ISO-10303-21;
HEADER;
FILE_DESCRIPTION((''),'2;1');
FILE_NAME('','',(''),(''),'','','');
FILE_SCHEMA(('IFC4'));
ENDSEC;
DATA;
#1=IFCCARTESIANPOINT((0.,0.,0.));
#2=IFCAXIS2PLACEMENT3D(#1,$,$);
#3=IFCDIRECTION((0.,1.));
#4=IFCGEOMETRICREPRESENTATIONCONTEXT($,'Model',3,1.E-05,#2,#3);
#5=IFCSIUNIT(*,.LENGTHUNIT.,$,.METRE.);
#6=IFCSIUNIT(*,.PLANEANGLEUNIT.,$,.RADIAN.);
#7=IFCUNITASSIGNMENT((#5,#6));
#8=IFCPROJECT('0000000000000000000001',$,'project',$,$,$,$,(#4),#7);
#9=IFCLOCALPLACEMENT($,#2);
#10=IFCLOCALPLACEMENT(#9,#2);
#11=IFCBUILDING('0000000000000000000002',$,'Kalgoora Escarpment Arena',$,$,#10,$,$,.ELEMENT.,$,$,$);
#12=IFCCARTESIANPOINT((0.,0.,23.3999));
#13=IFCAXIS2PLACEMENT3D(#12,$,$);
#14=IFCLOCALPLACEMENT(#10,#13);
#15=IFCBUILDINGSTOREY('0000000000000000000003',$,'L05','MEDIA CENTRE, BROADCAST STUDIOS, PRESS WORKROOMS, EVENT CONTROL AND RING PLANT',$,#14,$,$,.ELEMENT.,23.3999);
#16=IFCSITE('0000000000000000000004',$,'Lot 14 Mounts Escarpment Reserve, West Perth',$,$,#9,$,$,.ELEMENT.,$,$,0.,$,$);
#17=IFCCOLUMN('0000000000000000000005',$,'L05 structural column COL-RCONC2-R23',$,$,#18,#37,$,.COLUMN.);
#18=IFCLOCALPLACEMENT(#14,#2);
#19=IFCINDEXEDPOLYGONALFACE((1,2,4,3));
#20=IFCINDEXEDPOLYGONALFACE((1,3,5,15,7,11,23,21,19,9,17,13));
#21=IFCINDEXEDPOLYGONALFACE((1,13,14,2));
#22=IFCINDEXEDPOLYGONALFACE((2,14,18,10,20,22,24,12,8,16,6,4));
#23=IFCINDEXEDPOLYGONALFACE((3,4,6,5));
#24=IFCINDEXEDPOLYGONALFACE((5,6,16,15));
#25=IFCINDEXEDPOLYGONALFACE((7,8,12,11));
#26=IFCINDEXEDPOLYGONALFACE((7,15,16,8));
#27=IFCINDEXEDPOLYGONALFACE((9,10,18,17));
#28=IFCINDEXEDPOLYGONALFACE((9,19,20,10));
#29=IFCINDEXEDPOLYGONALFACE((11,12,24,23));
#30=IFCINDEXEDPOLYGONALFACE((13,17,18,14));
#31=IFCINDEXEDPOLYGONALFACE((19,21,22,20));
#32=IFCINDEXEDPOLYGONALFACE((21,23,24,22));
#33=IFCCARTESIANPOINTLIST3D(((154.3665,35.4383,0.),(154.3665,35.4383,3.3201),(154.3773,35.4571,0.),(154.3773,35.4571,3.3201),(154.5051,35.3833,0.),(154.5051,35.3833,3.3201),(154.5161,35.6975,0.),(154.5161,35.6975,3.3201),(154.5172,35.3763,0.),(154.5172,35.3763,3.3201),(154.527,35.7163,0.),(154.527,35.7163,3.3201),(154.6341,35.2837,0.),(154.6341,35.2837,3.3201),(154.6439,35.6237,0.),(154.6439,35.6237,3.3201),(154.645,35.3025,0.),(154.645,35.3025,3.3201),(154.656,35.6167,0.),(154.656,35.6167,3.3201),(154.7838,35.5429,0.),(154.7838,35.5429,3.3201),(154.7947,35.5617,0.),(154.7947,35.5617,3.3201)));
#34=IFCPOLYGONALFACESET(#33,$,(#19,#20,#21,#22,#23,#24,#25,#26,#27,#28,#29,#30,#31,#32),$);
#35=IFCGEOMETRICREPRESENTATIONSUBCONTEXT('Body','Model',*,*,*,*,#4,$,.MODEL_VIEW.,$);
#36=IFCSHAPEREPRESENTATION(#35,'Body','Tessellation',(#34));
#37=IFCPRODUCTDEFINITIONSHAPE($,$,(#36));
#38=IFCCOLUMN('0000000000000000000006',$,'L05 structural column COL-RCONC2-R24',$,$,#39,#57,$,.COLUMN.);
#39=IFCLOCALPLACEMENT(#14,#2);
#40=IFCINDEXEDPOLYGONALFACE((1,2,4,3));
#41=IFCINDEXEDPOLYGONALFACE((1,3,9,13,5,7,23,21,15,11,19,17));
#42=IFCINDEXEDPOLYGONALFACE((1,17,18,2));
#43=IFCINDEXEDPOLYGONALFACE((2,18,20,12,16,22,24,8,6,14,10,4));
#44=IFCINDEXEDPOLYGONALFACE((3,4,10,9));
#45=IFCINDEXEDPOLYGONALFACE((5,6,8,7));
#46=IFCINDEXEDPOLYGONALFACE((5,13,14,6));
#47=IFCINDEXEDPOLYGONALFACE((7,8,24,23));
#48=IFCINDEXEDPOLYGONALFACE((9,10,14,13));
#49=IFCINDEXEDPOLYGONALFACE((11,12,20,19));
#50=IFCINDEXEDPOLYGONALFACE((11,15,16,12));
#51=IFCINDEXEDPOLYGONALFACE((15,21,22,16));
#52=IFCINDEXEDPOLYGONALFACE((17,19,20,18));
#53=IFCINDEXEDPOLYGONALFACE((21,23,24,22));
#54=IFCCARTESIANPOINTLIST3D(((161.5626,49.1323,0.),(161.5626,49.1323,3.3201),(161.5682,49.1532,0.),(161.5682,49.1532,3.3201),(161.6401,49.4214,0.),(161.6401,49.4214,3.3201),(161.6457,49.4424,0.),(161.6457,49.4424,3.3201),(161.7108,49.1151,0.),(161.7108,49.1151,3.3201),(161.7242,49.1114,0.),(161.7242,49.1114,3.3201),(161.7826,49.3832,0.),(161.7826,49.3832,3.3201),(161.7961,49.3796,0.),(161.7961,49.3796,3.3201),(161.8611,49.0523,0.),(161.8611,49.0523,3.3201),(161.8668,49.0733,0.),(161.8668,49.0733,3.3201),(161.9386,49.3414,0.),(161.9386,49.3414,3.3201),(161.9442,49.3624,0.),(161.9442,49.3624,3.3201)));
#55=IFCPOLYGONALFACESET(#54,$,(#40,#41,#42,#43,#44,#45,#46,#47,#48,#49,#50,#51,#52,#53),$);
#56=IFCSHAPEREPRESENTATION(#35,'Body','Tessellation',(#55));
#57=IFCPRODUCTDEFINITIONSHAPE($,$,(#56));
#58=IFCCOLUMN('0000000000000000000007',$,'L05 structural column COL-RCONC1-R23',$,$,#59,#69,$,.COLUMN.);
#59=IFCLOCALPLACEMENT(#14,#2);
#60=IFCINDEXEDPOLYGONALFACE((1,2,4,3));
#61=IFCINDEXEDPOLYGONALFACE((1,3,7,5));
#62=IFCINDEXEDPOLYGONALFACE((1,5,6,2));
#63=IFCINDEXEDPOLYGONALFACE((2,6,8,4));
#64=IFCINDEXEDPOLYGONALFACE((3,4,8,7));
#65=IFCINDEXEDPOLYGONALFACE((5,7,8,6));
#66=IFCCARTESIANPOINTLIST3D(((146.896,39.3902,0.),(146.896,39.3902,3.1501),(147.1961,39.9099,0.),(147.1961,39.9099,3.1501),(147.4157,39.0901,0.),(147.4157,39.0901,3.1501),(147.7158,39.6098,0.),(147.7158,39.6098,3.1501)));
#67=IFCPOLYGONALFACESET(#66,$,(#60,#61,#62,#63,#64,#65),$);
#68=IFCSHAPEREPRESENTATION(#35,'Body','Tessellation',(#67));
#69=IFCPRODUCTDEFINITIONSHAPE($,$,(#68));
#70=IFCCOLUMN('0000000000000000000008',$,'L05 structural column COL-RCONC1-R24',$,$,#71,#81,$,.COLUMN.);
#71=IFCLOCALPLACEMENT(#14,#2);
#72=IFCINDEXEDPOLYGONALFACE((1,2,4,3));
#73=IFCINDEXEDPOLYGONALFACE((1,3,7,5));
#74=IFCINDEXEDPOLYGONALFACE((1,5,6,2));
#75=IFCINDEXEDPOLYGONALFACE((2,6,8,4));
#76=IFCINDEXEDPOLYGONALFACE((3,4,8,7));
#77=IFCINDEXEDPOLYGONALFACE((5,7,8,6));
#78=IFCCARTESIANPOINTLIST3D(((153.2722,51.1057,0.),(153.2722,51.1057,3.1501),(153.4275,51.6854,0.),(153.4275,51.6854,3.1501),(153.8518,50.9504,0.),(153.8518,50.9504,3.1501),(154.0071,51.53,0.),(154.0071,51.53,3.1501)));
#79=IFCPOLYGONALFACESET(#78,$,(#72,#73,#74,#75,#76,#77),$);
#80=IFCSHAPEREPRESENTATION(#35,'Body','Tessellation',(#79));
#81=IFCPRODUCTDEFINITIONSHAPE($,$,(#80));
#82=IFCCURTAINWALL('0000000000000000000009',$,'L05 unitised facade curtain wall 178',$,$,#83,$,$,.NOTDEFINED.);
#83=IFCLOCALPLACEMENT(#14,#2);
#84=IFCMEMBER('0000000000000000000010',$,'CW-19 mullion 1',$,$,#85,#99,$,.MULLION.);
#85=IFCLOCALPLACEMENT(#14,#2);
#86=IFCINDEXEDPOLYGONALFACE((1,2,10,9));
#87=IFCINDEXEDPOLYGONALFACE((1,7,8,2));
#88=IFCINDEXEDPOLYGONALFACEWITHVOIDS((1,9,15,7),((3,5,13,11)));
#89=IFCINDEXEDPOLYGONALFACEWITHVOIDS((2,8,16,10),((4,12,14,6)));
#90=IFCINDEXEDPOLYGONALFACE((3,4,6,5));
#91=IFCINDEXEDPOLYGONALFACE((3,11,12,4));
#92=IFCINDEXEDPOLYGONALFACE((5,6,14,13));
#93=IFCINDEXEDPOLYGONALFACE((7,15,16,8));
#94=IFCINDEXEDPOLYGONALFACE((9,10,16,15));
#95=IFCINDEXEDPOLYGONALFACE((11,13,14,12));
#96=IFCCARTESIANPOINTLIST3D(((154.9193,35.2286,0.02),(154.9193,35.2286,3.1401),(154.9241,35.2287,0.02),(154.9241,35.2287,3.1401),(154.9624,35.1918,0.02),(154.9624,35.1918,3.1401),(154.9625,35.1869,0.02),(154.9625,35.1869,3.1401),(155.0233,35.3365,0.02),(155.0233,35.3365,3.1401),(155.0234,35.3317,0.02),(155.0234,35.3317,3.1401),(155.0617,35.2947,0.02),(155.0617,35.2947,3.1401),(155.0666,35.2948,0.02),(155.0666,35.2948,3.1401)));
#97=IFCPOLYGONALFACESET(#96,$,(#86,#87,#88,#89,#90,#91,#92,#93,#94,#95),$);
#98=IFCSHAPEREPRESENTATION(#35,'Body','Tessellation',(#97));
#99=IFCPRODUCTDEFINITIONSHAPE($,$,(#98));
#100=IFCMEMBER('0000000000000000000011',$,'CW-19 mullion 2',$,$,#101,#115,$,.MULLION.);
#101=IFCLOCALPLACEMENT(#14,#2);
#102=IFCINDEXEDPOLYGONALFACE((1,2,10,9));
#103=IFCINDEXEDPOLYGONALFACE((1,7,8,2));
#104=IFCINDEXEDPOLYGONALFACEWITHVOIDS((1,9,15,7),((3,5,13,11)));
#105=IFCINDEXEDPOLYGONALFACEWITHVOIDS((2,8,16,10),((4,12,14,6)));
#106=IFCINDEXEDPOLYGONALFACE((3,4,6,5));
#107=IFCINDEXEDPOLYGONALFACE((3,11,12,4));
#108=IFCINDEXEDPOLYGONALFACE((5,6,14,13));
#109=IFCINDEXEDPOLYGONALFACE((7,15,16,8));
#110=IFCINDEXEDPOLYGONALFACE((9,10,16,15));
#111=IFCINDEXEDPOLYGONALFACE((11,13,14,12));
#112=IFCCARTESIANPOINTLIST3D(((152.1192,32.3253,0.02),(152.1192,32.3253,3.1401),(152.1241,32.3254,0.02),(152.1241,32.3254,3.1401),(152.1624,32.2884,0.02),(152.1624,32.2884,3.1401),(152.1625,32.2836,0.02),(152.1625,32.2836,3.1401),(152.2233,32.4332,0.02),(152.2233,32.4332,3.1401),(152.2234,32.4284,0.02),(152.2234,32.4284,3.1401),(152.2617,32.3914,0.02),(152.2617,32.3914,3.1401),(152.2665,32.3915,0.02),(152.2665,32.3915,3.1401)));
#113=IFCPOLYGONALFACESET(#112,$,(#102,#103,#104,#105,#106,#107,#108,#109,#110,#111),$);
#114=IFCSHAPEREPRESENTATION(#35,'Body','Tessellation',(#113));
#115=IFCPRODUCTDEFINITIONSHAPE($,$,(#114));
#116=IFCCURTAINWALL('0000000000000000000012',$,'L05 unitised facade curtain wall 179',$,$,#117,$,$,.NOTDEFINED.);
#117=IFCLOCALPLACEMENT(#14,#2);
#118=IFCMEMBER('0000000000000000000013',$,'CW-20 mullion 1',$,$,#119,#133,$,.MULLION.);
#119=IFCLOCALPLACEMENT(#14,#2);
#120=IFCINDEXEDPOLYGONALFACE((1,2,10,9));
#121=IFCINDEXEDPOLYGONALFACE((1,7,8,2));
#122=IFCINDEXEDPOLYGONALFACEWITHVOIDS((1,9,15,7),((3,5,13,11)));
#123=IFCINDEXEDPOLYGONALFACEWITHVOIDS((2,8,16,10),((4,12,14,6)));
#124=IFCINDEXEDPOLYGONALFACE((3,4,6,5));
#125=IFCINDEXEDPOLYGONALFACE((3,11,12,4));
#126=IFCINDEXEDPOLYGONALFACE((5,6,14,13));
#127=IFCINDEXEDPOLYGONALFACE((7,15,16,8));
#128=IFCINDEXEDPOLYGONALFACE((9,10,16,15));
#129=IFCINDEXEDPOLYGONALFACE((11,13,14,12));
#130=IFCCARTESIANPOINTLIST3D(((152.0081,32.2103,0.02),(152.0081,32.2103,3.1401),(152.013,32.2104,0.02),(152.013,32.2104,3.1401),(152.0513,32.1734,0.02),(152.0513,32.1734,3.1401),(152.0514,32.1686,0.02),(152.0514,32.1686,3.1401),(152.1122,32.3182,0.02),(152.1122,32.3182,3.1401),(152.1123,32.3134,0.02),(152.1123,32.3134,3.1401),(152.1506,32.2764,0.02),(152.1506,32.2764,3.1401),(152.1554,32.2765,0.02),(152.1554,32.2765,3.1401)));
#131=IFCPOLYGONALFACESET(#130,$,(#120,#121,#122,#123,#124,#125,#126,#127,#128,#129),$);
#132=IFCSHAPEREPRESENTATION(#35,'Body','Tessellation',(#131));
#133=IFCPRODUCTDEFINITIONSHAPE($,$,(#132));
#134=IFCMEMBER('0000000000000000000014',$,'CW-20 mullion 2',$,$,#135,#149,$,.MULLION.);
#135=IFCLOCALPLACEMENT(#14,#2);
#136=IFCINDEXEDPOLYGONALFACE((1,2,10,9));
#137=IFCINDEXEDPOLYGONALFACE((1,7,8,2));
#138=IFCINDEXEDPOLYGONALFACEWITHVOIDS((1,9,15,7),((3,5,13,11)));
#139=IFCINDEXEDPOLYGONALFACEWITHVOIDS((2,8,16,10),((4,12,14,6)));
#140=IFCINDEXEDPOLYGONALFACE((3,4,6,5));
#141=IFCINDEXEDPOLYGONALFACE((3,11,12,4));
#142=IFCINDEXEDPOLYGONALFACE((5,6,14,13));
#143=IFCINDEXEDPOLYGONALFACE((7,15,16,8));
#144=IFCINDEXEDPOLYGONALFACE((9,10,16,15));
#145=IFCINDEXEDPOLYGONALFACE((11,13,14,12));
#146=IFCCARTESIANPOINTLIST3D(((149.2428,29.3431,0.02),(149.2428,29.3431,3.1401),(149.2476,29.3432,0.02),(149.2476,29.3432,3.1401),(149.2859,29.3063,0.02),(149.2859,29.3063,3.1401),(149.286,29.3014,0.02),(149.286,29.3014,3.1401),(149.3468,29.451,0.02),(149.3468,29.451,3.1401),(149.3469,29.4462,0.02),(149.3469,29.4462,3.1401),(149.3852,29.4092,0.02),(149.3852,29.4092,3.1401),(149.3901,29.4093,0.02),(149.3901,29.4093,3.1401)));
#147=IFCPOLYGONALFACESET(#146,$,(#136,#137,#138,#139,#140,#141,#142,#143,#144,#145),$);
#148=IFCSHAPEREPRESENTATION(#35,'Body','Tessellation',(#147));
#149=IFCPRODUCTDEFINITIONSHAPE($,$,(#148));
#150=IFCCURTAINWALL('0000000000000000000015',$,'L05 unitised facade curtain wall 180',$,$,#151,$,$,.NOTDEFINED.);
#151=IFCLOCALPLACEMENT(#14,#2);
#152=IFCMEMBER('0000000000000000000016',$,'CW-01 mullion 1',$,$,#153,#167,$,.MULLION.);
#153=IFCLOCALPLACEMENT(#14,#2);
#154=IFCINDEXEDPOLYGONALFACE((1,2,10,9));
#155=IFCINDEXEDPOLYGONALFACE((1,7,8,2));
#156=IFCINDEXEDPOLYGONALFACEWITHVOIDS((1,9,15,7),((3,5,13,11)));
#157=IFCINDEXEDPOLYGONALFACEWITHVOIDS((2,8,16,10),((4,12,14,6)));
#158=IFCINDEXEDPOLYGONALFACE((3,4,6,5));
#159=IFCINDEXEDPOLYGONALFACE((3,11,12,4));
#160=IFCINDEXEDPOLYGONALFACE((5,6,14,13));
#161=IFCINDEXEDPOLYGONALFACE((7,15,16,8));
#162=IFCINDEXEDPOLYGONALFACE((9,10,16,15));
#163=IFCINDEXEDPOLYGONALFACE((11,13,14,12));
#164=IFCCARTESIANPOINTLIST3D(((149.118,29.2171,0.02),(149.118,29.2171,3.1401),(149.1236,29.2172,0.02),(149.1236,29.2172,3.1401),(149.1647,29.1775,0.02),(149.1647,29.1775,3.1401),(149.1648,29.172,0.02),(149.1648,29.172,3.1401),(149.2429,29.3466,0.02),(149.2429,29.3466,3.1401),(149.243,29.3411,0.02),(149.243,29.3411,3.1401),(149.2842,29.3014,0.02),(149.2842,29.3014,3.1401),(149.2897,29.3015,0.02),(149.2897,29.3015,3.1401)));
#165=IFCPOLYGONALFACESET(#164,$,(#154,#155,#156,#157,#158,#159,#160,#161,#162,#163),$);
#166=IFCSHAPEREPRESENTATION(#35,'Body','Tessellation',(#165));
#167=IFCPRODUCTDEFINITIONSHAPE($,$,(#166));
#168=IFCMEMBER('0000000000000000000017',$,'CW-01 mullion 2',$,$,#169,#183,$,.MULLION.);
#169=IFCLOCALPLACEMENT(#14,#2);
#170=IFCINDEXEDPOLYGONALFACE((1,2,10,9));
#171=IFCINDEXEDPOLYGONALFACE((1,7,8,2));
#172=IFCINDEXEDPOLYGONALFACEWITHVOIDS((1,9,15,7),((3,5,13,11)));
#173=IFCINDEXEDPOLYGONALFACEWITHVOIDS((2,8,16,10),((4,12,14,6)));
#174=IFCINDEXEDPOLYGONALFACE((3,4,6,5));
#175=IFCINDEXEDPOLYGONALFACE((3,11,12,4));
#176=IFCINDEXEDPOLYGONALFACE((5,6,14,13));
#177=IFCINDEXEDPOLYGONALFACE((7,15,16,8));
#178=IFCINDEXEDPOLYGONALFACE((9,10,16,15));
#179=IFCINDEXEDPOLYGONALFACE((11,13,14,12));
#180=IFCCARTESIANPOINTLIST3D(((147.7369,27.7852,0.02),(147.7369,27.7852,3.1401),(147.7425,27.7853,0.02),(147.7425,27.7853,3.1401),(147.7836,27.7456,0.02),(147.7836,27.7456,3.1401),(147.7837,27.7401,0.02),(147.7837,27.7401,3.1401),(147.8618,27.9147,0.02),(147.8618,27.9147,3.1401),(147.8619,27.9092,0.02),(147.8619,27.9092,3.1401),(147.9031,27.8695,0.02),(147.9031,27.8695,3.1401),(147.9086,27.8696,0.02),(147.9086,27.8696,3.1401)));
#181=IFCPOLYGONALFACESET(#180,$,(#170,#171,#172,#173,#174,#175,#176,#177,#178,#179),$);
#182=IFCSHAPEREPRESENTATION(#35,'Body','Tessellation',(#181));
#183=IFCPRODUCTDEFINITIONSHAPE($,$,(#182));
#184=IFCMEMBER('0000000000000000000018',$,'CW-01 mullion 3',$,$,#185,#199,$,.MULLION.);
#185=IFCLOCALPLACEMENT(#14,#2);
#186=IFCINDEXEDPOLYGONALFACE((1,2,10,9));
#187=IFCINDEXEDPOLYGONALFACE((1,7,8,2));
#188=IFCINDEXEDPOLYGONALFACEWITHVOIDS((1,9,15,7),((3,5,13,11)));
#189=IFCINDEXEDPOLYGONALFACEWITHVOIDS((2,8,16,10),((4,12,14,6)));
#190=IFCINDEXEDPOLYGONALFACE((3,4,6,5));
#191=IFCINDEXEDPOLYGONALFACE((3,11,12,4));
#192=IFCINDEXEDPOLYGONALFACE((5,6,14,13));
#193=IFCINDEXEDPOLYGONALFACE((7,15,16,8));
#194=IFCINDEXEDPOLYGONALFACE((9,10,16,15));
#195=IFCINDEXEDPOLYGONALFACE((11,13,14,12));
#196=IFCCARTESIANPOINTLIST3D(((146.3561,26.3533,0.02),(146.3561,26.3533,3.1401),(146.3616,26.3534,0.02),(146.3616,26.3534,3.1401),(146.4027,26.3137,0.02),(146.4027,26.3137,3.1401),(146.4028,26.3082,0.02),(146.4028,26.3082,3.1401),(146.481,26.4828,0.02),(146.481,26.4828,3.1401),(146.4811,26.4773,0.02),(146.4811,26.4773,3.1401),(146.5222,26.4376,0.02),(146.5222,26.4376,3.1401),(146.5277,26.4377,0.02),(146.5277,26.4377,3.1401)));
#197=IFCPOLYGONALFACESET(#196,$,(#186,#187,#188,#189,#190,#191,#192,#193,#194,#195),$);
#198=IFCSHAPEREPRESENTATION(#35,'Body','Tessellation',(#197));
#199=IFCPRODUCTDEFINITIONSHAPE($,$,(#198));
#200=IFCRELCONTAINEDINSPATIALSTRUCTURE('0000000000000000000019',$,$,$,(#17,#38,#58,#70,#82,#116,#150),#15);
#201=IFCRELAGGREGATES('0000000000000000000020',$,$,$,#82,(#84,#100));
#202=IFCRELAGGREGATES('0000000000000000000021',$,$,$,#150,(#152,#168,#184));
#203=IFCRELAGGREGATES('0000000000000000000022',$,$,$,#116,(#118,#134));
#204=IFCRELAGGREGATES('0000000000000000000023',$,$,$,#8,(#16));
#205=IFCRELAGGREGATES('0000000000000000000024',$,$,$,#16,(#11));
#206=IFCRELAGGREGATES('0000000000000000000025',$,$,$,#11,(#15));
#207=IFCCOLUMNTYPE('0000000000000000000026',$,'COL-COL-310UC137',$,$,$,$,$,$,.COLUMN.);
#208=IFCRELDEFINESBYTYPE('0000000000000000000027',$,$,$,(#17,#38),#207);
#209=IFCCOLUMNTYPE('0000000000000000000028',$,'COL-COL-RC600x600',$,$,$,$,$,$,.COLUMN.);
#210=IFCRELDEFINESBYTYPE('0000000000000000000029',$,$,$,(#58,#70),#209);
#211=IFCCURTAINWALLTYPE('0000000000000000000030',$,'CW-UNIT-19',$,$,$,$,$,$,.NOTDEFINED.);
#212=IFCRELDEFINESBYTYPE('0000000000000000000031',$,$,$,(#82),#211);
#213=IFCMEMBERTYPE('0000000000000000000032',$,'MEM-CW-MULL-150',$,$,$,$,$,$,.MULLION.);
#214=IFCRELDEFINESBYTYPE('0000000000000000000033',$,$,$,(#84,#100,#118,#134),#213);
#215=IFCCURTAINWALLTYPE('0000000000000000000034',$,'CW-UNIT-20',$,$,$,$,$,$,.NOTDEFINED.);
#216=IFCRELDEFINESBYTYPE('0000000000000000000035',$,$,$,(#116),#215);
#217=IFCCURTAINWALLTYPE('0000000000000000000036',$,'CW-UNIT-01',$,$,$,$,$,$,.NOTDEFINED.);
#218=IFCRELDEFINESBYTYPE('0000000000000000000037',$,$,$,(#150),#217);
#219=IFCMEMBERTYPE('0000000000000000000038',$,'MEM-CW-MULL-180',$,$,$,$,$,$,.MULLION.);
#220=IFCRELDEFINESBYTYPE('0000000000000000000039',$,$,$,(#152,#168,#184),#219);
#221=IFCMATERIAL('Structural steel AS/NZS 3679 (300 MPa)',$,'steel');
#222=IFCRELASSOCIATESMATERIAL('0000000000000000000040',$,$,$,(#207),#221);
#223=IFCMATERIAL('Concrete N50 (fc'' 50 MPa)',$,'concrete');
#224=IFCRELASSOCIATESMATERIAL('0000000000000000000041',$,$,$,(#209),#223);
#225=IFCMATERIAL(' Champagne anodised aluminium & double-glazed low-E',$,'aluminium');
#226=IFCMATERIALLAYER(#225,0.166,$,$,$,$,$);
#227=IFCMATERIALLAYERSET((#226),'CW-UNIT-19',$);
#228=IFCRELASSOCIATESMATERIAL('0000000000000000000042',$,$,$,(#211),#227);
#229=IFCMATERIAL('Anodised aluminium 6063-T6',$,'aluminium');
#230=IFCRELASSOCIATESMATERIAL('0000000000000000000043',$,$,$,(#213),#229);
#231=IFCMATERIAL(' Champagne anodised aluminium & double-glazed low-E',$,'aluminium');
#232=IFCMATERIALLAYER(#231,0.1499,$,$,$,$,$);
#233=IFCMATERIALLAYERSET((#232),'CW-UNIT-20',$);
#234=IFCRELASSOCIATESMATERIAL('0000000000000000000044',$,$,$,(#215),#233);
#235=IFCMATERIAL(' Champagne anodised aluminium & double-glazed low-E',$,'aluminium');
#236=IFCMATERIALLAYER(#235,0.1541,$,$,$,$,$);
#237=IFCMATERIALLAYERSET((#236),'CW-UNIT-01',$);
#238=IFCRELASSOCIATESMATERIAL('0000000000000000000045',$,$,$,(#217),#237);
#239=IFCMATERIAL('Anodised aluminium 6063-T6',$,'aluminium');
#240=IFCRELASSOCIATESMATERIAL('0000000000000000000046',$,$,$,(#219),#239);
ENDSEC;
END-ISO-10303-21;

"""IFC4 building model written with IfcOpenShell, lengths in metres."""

from ifc_helpers import new_model, si_unit, direction, frame, origin, origin_2d, place, context, subcontext, project, spatial, rectangle, hollow_rectangle, i_section, extrude, material, layer, layer_set, material_profile, profile_set, type_object, element, aggregate, save


model = new_model("IFC4")

# Units and contexts
model_context = context("Model", 3, precision=1e-05, world=origin(), true_north=direction((0.0, 1.0)))
body_context = subcontext(model_context, "Body", "Model", "MODEL_VIEW")
ifc_project = project(units=[si_unit("LENGTHUNIT", "METRE"), si_unit("PLANEANGLEUNIT", "RADIAN")], contexts=[model_context])

# Site, building, storey
site_placement = place(None, origin())
site = spatial("IfcSite", under=ifc_project, at=site_placement, Name="Lot 14 Mounts Escarpment Reserve, West Perth", CompositionType="ELEMENT", RefElevation=0.0)
building_placement = place(site_placement, origin())
building = spatial("IfcBuilding", under=site, at=building_placement, Name="Kalgoora Escarpment Arena", CompositionType="ELEMENT")
storey_placement = place(building_placement, frame((0.0, 0.0, 23.3999)))
storey = spatial("IfcBuildingStorey", under=building, at=storey_placement, Name="L05", Description="MEDIA CENTRE, BROADCAST STUDIOS, PRESS WORKROOMS, EVENT CONTROL AND RING PLANT", CompositionType="ELEMENT", Elevation=23.3999)

# Columns
ifc_material_1 = material(Name="Structural steel AS/NZS 3679 (300 MPa)", Category="steel")
ifc_material_profile_1 = material_profile(ifc_material_1, i_section(OverallWidth=0.3091, OverallDepth=0.321, WebThickness=0.0139, FlangeThickness=0.0217, at=origin_2d()))
ifc_profile_set_1 = profile_set([ifc_material_profile_1], Name="Structural steel AS/NZS 3679 (300 MPa)")
column_type_1 = type_object("IfcColumnType", Name="COL-COL-310UC137", PredefinedType="COLUMN", material=ifc_profile_set_1)
for number, where, z_axis, x_axis, name in (
    (1, (154.5806, 35.5, 0.0), (0.0, 0.0, 1.0), (0.866025, -0.5, 0.0), "L05 structural column COL-RCONC2-R23"),
    (2, (161.7534, 49.2473, 0.0), (0.0, 0.0, 1.0), (0.965926, -0.258819, 0.0), "L05 structural column COL-RCONC2-R24"),
):
    element("IfcColumn", number, at=place(storey_placement, frame(where, z_axis=z_axis, x_axis=x_axis)), inside=storey, type_object=column_type_1, Name=name, PredefinedType="COLUMN", context=body_context, shape_type="SweptSolid", body=[
        extrude(i_section(OverallWidth=0.3091, OverallDepth=0.321, WebThickness=0.0139, FlangeThickness=0.0217, at=origin_2d()), origin(), (0.0, 0.0, 1.0), 3.3201),
    ])
ifc_material_2 = material(Name="Concrete N50 (fc' 50 MPa)", Category="concrete")
ifc_material_profile_2 = material_profile(ifc_material_2, rectangle(XDim=0.6001, YDim=0.6001, at=origin_2d()))
ifc_profile_set_2 = profile_set([ifc_material_profile_2], Name="Concrete N50 (fc' 50 MPa)")
column_type_2 = type_object("IfcColumnType", Name="COL-COL-RC600x600", PredefinedType="COLUMN", material=ifc_profile_set_2)
for number, where, z_axis, x_axis, name in (
    (3, (147.3059, 39.5, 0.0), (0.0, 0.0, 1.0), (0.866025, -0.5, 0.0), "L05 structural column COL-RCONC1-R23"),
    (4, (153.6396, 51.3179, 0.0), (0.0, 0.0, 1.0), (0.965926, -0.258819, 0.0), "L05 structural column COL-RCONC1-R24"),
):
    element("IfcColumn", number, at=place(storey_placement, frame(where, z_axis=z_axis, x_axis=x_axis)), inside=storey, type_object=column_type_2, Name=name, PredefinedType="COLUMN", context=body_context, shape_type="SweptSolid", body=[
        extrude(rectangle(XDim=0.6001, YDim=0.6001, at=origin_2d()), origin(), (0.0, 0.0, 1.0), 3.1501),
    ])

# Curtain walls, members
ifc_material_3 = material(Name=" Champagne anodised aluminium & double-glazed low-E", Category="aluminium")
ifc_layer_1 = layer(ifc_material_3, 0.166)
ifc_layer_set_1 = layer_set([ifc_layer_1], Name="CW-UNIT-19")
curtain_wall_type_1 = type_object("IfcCurtainWallType", Name="CW-UNIT-19", PredefinedType="NOTDEFINED", material=ifc_layer_set_1)
curtain_wall_1_placement = place(storey_placement, origin())
curtain_wall_1 = element("IfcCurtainWall", 5, at=curtain_wall_1_placement, inside=storey, type_object=curtain_wall_type_1, Name="L05 unitised facade curtain wall 178", PredefinedType="NOTDEFINED")
ifc_material_4 = material(Name="Anodised aluminium 6063-T6", Category="aluminium")
ifc_material_profile_3 = material_profile(ifc_material_4, hollow_rectangle(XDim=0.0601, YDim=0.1499, WallThickness=0.0034, at=origin_2d()))
ifc_profile_set_3 = profile_set([ifc_material_profile_3], Name="Anodised aluminium 6063-T6")
member_type_1 = type_object("IfcMemberType", Name="MEM-CW-MULL-150", PredefinedType="MULLION", material=ifc_profile_set_3)
member_1_placement = place(storey_placement, frame((154.9929, 35.2617, 0.02), z_axis=(0.0, 0.0, 1.0), x_axis=(0.71978, -0.694202, 0.0)))
member_1 = element("IfcMember", 6, at=member_1_placement, type_object=member_type_1, Name="CW-19 mullion 1", PredefinedType="MULLION", context=body_context, shape_type="SweptSolid", body=[
    extrude(hollow_rectangle(XDim=0.0601, YDim=0.1499, WallThickness=0.0034, at=origin_2d()), origin(), (0.0, 0.0, 1.0), 3.1201),
])
member_2_placement = place(storey_placement, frame((152.1929, 32.3584, 0.02), z_axis=(0.0, 0.0, 1.0), x_axis=(0.71978, -0.694202, 0.0)))
member_2 = element("IfcMember", 7, at=member_2_placement, type_object=member_type_1, Name="CW-19 mullion 2", PredefinedType="MULLION", context=body_context, shape_type="SweptSolid", body=[
    extrude(hollow_rectangle(XDim=0.0601, YDim=0.1499, WallThickness=0.0034, at=origin_2d()), origin(), (0.0, 0.0, 1.0), 3.1201),
])
ifc_material_5 = material(Name=" Champagne anodised aluminium & double-glazed low-E", Category="aluminium")
ifc_layer_2 = layer(ifc_material_5, 0.1499)
ifc_layer_set_2 = layer_set([ifc_layer_2], Name="CW-UNIT-20")
curtain_wall_type_2 = type_object("IfcCurtainWallType", Name="CW-UNIT-20", PredefinedType="NOTDEFINED", material=ifc_layer_set_2)
curtain_wall_2_placement = place(storey_placement, origin())
curtain_wall_2 = element("IfcCurtainWall", 8, at=curtain_wall_2_placement, inside=storey, type_object=curtain_wall_type_2, Name="L05 unitised facade curtain wall 179", PredefinedType="NOTDEFINED")
member_3_placement = place(storey_placement, frame((152.0818, 32.2434, 0.02), z_axis=(0.0, 0.0, 1.0), x_axis=(0.719777, -0.694205, 0.0)))
member_3 = element("IfcMember", 9, at=member_3_placement, type_object=member_type_1, Name="CW-20 mullion 1", PredefinedType="MULLION", context=body_context, shape_type="SweptSolid", body=[
    extrude(hollow_rectangle(XDim=0.0601, YDim=0.1499, WallThickness=0.0034, at=origin_2d()), origin(), (0.0, 0.0, 1.0), 3.1201),
])
member_4_placement = place(storey_placement, frame((149.3164, 29.3762, 0.02), z_axis=(0.0, 0.0, 1.0), x_axis=(0.719777, -0.694205, 0.0)))
member_4 = element("IfcMember", 10, at=member_4_placement, type_object=member_type_1, Name="CW-20 mullion 2", PredefinedType="MULLION", context=body_context, shape_type="SweptSolid", body=[
    extrude(hollow_rectangle(XDim=0.0601, YDim=0.1499, WallThickness=0.0034, at=origin_2d()), origin(), (0.0, 0.0, 1.0), 3.1201),
])
ifc_material_6 = material(Name=" Champagne anodised aluminium & double-glazed low-E", Category="aluminium")
ifc_layer_3 = layer(ifc_material_6, 0.1541)
ifc_layer_set_3 = layer_set([ifc_layer_3], Name="CW-UNIT-01")
curtain_wall_type_3 = type_object("IfcCurtainWallType", Name="CW-UNIT-01", PredefinedType="NOTDEFINED", material=ifc_layer_set_3)
curtain_wall_3_placement = place(storey_placement, origin())
curtain_wall_3 = element("IfcCurtainWall", 11, at=curtain_wall_3_placement, inside=storey, type_object=curtain_wall_type_3, Name="L05 unitised facade curtain wall 180", PredefinedType="NOTDEFINED")
ifc_material_7 = material(Name="Anodised aluminium 6063-T6", Category="aluminium")
ifc_material_profile_4 = material_profile(ifc_material_7, hollow_rectangle(XDim=0.0649, YDim=0.1799, WallThickness=0.0039, at=origin_2d()))
ifc_profile_set_4 = profile_set([ifc_material_profile_4], Name="Anodised aluminium 6063-T6")
member_type_2 = type_object("IfcMemberType", Name="MEM-CW-MULL-180", PredefinedType="MULLION", material=ifc_profile_set_4)
member_5_placement = place(storey_placement, frame((149.2039, 29.2593, 0.02), z_axis=(0.0, 0.0, 1.0), x_axis=(0.719777, -0.694205, 0.0)))
member_5 = element("IfcMember", 12, at=member_5_placement, type_object=member_type_2, Name="CW-01 mullion 1", PredefinedType="MULLION", context=body_context, shape_type="SweptSolid", body=[
    extrude(hollow_rectangle(XDim=0.0649, YDim=0.1799, WallThickness=0.0039, at=origin_2d()), origin(), (0.0, 0.0, 1.0), 3.1201),
])
member_6_placement = place(storey_placement, frame((147.8228, 27.8274, 0.02), z_axis=(0.0, 0.0, 1.0), x_axis=(0.719777, -0.694205, 0.0)))
member_6 = element("IfcMember", 13, at=member_6_placement, type_object=member_type_2, Name="CW-01 mullion 2", PredefinedType="MULLION", context=body_context, shape_type="SweptSolid", body=[
    extrude(hollow_rectangle(XDim=0.0649, YDim=0.1799, WallThickness=0.0039, at=origin_2d()), origin(), (0.0, 0.0, 1.0), 3.1201),
])
member_7_placement = place(storey_placement, frame((146.4419, 26.3955, 0.02), z_axis=(0.0, 0.0, 1.0), x_axis=(0.719777, -0.694205, 0.0)))
member_7 = element("IfcMember", 14, at=member_7_placement, type_object=member_type_2, Name="CW-01 mullion 3", PredefinedType="MULLION", context=body_context, shape_type="SweptSolid", body=[
    extrude(hollow_rectangle(XDim=0.0649, YDim=0.1799, WallThickness=0.0039, at=origin_2d()), origin(), (0.0, 0.0, 1.0), 3.1201),
])

aggregate(curtain_wall_1, [member_1, member_2])
aggregate(curtain_wall_3, [member_5, member_6, member_7])
aggregate(curtain_wall_2, [member_3, member_4])

save(model, "model.ifc")
